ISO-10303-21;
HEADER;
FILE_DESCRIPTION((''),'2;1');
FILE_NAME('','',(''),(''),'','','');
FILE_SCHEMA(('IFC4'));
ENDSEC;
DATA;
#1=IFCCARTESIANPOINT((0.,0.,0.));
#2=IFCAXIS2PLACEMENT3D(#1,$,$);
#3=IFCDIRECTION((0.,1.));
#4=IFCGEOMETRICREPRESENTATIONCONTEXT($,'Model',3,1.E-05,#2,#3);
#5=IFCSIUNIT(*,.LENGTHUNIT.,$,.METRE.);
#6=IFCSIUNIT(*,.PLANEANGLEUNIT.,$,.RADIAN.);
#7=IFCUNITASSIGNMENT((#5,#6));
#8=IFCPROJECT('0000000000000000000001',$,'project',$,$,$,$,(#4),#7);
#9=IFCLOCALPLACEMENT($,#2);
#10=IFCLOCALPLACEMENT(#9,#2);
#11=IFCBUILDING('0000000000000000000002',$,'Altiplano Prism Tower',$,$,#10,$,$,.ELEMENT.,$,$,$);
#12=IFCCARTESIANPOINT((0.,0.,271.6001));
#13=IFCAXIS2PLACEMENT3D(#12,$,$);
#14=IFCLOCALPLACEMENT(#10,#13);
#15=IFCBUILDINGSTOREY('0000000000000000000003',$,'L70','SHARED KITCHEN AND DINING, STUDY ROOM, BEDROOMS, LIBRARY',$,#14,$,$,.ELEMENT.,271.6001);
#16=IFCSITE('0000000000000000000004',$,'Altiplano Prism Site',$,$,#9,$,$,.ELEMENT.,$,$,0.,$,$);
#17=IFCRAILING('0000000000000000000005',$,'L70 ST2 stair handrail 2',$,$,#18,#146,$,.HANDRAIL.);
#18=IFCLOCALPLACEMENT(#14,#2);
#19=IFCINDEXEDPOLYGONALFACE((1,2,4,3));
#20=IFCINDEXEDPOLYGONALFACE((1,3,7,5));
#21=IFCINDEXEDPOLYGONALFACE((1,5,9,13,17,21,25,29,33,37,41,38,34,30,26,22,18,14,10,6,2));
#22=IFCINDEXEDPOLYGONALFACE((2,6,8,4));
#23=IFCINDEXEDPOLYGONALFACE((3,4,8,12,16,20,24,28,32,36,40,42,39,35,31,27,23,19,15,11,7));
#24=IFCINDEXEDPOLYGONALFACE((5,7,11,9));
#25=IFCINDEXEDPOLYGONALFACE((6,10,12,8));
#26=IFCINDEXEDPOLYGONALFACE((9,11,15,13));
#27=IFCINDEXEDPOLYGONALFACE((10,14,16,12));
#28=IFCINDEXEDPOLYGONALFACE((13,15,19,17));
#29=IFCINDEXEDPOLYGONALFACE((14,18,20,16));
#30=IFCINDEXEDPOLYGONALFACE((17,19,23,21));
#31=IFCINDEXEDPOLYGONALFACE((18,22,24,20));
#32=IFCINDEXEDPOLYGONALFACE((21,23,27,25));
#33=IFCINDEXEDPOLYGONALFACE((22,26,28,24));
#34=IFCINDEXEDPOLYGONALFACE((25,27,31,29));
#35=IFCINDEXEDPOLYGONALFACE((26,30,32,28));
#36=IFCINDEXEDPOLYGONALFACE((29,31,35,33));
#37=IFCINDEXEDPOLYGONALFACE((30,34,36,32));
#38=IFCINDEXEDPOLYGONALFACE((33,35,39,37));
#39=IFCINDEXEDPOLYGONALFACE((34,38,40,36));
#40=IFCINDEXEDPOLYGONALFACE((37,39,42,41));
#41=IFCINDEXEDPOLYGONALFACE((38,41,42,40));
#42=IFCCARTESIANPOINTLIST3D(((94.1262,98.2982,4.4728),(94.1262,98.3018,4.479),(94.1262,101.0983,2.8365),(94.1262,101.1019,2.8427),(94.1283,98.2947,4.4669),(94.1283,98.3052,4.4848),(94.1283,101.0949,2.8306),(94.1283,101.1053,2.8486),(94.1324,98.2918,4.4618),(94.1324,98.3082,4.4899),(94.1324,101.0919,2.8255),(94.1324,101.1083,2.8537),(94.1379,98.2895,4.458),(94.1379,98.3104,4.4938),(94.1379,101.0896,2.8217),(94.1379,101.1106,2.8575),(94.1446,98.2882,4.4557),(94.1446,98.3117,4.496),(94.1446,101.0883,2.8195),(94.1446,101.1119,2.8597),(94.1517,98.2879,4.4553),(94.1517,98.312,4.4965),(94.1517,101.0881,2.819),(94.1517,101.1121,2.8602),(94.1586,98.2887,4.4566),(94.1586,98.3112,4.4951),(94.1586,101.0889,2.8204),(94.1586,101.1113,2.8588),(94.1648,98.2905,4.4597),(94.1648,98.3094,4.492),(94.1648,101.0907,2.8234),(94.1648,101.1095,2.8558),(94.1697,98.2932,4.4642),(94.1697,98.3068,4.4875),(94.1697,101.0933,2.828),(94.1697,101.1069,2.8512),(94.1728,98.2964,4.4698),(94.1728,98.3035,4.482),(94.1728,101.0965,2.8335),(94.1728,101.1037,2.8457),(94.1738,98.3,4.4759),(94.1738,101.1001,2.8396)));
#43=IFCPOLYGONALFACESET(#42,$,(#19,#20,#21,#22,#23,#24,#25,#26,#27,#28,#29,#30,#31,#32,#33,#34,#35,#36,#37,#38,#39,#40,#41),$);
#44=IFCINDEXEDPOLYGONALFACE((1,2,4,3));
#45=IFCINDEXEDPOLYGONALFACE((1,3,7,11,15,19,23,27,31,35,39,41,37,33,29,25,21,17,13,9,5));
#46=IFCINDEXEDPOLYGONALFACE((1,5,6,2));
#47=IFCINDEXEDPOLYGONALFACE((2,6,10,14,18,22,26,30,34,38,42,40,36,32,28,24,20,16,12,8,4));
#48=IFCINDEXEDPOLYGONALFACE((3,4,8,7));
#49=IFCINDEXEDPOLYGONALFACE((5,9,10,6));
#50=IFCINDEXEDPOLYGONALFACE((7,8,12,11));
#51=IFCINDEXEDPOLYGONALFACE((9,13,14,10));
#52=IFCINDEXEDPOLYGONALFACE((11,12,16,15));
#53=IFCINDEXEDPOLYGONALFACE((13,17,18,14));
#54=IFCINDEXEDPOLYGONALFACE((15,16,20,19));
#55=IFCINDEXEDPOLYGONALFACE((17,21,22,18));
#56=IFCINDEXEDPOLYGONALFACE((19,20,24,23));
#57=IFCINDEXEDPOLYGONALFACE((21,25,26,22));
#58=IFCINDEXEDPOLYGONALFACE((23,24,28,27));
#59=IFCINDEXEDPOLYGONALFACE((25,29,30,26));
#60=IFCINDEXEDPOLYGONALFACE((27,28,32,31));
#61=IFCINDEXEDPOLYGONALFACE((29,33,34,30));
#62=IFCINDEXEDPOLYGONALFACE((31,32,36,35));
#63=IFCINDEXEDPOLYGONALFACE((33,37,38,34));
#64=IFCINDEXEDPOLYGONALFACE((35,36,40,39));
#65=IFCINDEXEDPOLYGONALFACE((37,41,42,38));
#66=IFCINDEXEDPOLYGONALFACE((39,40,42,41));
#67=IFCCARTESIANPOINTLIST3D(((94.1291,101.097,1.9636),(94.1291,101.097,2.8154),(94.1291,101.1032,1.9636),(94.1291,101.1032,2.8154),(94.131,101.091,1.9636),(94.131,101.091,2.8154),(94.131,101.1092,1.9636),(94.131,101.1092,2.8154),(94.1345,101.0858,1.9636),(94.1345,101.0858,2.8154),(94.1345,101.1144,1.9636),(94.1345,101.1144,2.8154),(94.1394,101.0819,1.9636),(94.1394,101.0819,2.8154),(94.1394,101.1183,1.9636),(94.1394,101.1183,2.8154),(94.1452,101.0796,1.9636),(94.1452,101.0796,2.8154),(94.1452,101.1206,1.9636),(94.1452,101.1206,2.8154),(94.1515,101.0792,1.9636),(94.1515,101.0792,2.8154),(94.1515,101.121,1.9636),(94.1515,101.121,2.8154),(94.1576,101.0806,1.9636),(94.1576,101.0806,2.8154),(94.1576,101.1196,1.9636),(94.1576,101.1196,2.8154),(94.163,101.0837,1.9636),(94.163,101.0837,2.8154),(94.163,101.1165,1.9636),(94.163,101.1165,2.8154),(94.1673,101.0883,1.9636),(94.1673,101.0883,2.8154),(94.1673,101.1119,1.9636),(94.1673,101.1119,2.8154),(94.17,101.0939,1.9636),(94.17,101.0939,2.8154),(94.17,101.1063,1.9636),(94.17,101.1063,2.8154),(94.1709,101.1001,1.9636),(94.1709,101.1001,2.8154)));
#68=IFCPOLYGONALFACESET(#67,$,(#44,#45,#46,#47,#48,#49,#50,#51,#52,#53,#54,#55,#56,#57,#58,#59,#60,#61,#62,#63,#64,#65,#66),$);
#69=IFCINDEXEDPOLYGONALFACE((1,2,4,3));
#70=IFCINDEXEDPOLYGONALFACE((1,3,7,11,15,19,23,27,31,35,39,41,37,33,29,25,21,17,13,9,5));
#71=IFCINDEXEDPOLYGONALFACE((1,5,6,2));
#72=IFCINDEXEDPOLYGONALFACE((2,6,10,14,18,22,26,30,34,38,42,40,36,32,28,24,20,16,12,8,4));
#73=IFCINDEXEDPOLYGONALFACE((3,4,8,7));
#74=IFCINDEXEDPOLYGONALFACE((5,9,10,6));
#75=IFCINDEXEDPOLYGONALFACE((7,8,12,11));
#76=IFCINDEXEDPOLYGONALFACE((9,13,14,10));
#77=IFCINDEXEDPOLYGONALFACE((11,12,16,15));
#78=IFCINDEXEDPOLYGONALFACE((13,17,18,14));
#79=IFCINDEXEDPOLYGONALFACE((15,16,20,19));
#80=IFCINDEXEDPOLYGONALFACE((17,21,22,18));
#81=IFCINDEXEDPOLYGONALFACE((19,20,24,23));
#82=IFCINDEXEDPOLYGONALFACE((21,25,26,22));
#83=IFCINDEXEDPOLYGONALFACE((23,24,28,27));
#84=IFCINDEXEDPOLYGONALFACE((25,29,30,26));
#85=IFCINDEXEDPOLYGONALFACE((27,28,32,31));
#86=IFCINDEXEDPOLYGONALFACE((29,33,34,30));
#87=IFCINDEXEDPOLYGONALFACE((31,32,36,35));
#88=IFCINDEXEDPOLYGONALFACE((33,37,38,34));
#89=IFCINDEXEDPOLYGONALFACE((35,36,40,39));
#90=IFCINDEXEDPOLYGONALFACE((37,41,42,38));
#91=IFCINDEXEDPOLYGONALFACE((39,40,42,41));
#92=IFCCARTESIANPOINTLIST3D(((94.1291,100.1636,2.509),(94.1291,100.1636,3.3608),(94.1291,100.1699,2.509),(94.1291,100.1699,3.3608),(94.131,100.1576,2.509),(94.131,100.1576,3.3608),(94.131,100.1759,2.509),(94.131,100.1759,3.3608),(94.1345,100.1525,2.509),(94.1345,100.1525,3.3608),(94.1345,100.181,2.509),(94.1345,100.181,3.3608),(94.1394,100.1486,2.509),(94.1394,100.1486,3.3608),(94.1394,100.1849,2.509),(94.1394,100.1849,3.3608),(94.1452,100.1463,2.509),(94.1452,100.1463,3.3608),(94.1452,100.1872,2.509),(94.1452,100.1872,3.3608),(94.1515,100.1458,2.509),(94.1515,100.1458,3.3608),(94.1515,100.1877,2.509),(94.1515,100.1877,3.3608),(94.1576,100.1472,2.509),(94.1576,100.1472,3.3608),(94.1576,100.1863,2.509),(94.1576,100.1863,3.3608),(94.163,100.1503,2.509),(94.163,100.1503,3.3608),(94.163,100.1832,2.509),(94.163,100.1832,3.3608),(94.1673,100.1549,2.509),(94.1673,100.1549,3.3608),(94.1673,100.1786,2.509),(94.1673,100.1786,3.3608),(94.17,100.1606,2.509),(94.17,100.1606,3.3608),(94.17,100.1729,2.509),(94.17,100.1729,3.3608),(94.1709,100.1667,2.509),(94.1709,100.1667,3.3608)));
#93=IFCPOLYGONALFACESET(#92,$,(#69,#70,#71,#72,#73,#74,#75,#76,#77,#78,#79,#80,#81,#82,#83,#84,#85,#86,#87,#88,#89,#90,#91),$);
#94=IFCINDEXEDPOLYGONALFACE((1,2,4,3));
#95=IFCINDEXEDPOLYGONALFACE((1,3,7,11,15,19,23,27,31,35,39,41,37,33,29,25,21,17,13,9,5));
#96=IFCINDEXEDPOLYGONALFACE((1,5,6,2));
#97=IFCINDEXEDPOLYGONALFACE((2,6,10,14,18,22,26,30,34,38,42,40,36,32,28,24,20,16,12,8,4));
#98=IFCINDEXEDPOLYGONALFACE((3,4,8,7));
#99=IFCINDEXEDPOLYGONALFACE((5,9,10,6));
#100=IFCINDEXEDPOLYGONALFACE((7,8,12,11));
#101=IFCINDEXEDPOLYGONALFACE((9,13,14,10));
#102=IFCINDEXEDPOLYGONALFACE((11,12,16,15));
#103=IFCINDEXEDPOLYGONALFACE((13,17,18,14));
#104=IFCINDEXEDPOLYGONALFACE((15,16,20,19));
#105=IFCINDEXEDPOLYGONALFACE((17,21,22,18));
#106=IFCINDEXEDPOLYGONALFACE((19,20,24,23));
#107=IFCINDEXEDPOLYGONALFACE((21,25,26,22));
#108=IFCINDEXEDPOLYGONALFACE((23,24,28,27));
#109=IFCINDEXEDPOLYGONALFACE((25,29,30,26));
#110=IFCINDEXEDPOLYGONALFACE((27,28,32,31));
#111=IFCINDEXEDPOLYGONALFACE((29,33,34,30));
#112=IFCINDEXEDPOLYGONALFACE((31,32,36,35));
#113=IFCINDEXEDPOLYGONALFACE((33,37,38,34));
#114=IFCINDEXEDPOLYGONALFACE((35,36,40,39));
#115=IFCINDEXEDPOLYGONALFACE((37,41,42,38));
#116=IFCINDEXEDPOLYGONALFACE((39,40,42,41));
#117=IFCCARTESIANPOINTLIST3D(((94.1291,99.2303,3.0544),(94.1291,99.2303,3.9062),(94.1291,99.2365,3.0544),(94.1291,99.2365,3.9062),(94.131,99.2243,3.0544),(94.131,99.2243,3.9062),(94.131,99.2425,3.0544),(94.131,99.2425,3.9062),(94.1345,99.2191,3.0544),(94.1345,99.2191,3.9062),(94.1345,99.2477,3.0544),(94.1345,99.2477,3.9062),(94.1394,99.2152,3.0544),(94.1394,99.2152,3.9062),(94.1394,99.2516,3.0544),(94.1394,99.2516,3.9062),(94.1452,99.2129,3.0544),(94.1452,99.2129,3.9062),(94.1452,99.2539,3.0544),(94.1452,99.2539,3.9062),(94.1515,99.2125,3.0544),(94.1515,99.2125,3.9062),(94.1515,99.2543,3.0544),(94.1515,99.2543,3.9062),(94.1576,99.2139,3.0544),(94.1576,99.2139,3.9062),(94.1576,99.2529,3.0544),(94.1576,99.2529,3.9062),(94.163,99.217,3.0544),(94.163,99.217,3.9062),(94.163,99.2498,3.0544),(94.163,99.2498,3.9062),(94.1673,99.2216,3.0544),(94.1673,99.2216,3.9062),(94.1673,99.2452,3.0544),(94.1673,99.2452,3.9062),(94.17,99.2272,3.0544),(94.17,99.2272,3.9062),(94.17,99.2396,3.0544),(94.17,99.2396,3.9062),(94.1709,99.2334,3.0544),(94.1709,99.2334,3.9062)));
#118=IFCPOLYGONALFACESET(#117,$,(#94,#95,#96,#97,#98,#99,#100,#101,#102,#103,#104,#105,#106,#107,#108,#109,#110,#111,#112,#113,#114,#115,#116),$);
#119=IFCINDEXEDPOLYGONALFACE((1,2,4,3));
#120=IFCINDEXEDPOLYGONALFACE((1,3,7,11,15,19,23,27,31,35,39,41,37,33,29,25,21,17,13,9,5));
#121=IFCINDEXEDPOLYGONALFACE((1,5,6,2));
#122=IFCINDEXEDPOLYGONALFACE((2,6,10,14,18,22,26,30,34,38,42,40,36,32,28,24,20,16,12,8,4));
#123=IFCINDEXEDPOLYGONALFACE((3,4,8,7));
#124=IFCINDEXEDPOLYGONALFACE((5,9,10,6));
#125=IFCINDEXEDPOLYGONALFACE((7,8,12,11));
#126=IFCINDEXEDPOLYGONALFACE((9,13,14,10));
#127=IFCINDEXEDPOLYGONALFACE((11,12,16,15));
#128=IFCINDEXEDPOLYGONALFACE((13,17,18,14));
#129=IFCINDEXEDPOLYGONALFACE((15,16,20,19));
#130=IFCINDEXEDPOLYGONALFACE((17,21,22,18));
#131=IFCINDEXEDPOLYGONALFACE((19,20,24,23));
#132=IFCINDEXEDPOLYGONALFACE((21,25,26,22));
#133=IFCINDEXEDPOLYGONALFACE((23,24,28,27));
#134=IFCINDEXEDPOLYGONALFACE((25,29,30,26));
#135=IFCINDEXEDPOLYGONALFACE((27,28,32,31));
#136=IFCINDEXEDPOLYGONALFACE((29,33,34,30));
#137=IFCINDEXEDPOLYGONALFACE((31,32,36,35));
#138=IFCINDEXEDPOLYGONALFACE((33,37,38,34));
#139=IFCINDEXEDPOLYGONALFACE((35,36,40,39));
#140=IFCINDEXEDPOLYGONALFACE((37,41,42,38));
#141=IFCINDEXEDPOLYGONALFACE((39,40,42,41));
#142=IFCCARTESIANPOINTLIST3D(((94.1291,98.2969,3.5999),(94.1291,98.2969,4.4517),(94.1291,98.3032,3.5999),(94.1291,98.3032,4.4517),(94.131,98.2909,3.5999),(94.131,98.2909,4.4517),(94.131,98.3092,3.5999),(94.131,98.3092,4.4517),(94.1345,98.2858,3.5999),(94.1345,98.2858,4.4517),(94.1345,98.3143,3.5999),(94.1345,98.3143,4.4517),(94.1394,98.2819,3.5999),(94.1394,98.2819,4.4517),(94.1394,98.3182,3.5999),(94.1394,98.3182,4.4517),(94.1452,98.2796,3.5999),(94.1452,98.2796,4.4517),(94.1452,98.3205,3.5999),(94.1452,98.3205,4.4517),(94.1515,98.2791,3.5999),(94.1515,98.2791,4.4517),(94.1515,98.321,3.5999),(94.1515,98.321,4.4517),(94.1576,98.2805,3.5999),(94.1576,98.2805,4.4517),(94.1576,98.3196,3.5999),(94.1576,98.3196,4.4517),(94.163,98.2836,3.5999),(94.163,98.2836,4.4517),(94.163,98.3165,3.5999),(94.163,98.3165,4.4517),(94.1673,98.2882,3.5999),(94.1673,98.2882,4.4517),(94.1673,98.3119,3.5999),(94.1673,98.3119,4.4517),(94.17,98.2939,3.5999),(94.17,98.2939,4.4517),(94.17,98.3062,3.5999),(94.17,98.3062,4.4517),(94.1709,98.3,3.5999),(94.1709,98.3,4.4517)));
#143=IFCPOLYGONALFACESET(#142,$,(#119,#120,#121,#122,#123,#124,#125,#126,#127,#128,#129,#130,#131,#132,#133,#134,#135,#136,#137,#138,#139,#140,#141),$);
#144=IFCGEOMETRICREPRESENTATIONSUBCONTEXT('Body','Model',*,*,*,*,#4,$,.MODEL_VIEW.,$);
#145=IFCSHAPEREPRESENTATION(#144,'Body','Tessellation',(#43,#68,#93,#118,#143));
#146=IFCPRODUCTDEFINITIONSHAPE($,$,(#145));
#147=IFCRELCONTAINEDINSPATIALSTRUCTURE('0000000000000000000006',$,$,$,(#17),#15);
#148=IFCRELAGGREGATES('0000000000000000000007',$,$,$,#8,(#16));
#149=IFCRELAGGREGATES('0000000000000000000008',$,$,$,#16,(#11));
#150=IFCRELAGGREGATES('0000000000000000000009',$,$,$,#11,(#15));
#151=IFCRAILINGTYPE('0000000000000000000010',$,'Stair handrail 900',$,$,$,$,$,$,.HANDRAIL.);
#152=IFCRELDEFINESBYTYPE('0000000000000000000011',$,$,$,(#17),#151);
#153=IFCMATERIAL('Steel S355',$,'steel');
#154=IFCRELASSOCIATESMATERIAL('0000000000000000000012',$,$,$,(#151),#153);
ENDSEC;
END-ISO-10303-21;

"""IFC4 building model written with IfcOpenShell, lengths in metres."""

from ifc_helpers import new_model, si_unit, direction, frame, origin, origin_2d, place, context, subcontext, project, spatial, circle, extrude, material, type_object, element, save


model = new_model("IFC4")

# Units and contexts
model_context = context("Model", 3, precision=1e-05, world=origin(), true_north=direction((0.0, 1.0)))
body_context = subcontext(model_context, "Body", "Model", "MODEL_VIEW")
ifc_project = project(units=[si_unit("LENGTHUNIT", "METRE"), si_unit("PLANEANGLEUNIT", "RADIAN")], contexts=[model_context])

# Site, building, storey
site_placement = place(None, origin())
site = spatial("IfcSite", under=ifc_project, at=site_placement, Name="Altiplano Prism Site", CompositionType="ELEMENT", RefElevation=0.0)
building_placement = place(site_placement, origin())
building = spatial("IfcBuilding", under=site, at=building_placement, Name="Altiplano Prism Tower", CompositionType="ELEMENT")
storey_placement = place(building_placement, frame((0.0, 0.0, 271.6001)))
storey = spatial("IfcBuildingStorey", under=building, at=storey_placement, Name="L70", Description="SHARED KITCHEN AND DINING, STUDY ROOM, BEDROOMS, LIBRARY", CompositionType="ELEMENT", Elevation=271.6001)

# Railing
ifc_material_1 = material(Name="Steel S355", Category="steel")
railing_type_1 = type_object("IfcRailingType", Name="Stair handrail 900", PredefinedType="HANDRAIL", material=ifc_material_1)
railing_1_placement = place(storey_placement, frame((94.1499, 101.1001, 1.9636)))
element("IfcRailing", 1, at=railing_1_placement, inside=storey, type_object=railing_type_1, Name="L70 ST2 stair handrail 2", PredefinedType="HANDRAIL", context=body_context, shape_type="SweptSolid", body=[
    extrude(circle(Radius=0.0239, at=origin_2d()), frame((0.0, 0.0, 0.876), z_axis=(0.0, -0.863394, 0.504531), x_axis=(1.0, 0.0, 0.0)), (0.0, 0.0, 1.0), 3.2432),
    extrude(circle(Radius=0.021, at=origin_2d()), origin(), (0.0, 0.0, 1.0), 0.8518),
    extrude(circle(Radius=0.021, at=origin_2d()), frame((0.0, -0.9333, 0.5454)), (0.0, 0.0, 1.0), 0.8518),
    extrude(circle(Radius=0.021, at=origin_2d()), frame((0.0, -1.8667, 1.0908)), (0.0, 0.0, 1.0), 0.8518),
    extrude(circle(Radius=0.021, at=origin_2d()), frame((0.0, -2.8, 1.6362)), (0.0, 0.0, 1.0), 0.8518),
])

save(model, "model.ifc")
